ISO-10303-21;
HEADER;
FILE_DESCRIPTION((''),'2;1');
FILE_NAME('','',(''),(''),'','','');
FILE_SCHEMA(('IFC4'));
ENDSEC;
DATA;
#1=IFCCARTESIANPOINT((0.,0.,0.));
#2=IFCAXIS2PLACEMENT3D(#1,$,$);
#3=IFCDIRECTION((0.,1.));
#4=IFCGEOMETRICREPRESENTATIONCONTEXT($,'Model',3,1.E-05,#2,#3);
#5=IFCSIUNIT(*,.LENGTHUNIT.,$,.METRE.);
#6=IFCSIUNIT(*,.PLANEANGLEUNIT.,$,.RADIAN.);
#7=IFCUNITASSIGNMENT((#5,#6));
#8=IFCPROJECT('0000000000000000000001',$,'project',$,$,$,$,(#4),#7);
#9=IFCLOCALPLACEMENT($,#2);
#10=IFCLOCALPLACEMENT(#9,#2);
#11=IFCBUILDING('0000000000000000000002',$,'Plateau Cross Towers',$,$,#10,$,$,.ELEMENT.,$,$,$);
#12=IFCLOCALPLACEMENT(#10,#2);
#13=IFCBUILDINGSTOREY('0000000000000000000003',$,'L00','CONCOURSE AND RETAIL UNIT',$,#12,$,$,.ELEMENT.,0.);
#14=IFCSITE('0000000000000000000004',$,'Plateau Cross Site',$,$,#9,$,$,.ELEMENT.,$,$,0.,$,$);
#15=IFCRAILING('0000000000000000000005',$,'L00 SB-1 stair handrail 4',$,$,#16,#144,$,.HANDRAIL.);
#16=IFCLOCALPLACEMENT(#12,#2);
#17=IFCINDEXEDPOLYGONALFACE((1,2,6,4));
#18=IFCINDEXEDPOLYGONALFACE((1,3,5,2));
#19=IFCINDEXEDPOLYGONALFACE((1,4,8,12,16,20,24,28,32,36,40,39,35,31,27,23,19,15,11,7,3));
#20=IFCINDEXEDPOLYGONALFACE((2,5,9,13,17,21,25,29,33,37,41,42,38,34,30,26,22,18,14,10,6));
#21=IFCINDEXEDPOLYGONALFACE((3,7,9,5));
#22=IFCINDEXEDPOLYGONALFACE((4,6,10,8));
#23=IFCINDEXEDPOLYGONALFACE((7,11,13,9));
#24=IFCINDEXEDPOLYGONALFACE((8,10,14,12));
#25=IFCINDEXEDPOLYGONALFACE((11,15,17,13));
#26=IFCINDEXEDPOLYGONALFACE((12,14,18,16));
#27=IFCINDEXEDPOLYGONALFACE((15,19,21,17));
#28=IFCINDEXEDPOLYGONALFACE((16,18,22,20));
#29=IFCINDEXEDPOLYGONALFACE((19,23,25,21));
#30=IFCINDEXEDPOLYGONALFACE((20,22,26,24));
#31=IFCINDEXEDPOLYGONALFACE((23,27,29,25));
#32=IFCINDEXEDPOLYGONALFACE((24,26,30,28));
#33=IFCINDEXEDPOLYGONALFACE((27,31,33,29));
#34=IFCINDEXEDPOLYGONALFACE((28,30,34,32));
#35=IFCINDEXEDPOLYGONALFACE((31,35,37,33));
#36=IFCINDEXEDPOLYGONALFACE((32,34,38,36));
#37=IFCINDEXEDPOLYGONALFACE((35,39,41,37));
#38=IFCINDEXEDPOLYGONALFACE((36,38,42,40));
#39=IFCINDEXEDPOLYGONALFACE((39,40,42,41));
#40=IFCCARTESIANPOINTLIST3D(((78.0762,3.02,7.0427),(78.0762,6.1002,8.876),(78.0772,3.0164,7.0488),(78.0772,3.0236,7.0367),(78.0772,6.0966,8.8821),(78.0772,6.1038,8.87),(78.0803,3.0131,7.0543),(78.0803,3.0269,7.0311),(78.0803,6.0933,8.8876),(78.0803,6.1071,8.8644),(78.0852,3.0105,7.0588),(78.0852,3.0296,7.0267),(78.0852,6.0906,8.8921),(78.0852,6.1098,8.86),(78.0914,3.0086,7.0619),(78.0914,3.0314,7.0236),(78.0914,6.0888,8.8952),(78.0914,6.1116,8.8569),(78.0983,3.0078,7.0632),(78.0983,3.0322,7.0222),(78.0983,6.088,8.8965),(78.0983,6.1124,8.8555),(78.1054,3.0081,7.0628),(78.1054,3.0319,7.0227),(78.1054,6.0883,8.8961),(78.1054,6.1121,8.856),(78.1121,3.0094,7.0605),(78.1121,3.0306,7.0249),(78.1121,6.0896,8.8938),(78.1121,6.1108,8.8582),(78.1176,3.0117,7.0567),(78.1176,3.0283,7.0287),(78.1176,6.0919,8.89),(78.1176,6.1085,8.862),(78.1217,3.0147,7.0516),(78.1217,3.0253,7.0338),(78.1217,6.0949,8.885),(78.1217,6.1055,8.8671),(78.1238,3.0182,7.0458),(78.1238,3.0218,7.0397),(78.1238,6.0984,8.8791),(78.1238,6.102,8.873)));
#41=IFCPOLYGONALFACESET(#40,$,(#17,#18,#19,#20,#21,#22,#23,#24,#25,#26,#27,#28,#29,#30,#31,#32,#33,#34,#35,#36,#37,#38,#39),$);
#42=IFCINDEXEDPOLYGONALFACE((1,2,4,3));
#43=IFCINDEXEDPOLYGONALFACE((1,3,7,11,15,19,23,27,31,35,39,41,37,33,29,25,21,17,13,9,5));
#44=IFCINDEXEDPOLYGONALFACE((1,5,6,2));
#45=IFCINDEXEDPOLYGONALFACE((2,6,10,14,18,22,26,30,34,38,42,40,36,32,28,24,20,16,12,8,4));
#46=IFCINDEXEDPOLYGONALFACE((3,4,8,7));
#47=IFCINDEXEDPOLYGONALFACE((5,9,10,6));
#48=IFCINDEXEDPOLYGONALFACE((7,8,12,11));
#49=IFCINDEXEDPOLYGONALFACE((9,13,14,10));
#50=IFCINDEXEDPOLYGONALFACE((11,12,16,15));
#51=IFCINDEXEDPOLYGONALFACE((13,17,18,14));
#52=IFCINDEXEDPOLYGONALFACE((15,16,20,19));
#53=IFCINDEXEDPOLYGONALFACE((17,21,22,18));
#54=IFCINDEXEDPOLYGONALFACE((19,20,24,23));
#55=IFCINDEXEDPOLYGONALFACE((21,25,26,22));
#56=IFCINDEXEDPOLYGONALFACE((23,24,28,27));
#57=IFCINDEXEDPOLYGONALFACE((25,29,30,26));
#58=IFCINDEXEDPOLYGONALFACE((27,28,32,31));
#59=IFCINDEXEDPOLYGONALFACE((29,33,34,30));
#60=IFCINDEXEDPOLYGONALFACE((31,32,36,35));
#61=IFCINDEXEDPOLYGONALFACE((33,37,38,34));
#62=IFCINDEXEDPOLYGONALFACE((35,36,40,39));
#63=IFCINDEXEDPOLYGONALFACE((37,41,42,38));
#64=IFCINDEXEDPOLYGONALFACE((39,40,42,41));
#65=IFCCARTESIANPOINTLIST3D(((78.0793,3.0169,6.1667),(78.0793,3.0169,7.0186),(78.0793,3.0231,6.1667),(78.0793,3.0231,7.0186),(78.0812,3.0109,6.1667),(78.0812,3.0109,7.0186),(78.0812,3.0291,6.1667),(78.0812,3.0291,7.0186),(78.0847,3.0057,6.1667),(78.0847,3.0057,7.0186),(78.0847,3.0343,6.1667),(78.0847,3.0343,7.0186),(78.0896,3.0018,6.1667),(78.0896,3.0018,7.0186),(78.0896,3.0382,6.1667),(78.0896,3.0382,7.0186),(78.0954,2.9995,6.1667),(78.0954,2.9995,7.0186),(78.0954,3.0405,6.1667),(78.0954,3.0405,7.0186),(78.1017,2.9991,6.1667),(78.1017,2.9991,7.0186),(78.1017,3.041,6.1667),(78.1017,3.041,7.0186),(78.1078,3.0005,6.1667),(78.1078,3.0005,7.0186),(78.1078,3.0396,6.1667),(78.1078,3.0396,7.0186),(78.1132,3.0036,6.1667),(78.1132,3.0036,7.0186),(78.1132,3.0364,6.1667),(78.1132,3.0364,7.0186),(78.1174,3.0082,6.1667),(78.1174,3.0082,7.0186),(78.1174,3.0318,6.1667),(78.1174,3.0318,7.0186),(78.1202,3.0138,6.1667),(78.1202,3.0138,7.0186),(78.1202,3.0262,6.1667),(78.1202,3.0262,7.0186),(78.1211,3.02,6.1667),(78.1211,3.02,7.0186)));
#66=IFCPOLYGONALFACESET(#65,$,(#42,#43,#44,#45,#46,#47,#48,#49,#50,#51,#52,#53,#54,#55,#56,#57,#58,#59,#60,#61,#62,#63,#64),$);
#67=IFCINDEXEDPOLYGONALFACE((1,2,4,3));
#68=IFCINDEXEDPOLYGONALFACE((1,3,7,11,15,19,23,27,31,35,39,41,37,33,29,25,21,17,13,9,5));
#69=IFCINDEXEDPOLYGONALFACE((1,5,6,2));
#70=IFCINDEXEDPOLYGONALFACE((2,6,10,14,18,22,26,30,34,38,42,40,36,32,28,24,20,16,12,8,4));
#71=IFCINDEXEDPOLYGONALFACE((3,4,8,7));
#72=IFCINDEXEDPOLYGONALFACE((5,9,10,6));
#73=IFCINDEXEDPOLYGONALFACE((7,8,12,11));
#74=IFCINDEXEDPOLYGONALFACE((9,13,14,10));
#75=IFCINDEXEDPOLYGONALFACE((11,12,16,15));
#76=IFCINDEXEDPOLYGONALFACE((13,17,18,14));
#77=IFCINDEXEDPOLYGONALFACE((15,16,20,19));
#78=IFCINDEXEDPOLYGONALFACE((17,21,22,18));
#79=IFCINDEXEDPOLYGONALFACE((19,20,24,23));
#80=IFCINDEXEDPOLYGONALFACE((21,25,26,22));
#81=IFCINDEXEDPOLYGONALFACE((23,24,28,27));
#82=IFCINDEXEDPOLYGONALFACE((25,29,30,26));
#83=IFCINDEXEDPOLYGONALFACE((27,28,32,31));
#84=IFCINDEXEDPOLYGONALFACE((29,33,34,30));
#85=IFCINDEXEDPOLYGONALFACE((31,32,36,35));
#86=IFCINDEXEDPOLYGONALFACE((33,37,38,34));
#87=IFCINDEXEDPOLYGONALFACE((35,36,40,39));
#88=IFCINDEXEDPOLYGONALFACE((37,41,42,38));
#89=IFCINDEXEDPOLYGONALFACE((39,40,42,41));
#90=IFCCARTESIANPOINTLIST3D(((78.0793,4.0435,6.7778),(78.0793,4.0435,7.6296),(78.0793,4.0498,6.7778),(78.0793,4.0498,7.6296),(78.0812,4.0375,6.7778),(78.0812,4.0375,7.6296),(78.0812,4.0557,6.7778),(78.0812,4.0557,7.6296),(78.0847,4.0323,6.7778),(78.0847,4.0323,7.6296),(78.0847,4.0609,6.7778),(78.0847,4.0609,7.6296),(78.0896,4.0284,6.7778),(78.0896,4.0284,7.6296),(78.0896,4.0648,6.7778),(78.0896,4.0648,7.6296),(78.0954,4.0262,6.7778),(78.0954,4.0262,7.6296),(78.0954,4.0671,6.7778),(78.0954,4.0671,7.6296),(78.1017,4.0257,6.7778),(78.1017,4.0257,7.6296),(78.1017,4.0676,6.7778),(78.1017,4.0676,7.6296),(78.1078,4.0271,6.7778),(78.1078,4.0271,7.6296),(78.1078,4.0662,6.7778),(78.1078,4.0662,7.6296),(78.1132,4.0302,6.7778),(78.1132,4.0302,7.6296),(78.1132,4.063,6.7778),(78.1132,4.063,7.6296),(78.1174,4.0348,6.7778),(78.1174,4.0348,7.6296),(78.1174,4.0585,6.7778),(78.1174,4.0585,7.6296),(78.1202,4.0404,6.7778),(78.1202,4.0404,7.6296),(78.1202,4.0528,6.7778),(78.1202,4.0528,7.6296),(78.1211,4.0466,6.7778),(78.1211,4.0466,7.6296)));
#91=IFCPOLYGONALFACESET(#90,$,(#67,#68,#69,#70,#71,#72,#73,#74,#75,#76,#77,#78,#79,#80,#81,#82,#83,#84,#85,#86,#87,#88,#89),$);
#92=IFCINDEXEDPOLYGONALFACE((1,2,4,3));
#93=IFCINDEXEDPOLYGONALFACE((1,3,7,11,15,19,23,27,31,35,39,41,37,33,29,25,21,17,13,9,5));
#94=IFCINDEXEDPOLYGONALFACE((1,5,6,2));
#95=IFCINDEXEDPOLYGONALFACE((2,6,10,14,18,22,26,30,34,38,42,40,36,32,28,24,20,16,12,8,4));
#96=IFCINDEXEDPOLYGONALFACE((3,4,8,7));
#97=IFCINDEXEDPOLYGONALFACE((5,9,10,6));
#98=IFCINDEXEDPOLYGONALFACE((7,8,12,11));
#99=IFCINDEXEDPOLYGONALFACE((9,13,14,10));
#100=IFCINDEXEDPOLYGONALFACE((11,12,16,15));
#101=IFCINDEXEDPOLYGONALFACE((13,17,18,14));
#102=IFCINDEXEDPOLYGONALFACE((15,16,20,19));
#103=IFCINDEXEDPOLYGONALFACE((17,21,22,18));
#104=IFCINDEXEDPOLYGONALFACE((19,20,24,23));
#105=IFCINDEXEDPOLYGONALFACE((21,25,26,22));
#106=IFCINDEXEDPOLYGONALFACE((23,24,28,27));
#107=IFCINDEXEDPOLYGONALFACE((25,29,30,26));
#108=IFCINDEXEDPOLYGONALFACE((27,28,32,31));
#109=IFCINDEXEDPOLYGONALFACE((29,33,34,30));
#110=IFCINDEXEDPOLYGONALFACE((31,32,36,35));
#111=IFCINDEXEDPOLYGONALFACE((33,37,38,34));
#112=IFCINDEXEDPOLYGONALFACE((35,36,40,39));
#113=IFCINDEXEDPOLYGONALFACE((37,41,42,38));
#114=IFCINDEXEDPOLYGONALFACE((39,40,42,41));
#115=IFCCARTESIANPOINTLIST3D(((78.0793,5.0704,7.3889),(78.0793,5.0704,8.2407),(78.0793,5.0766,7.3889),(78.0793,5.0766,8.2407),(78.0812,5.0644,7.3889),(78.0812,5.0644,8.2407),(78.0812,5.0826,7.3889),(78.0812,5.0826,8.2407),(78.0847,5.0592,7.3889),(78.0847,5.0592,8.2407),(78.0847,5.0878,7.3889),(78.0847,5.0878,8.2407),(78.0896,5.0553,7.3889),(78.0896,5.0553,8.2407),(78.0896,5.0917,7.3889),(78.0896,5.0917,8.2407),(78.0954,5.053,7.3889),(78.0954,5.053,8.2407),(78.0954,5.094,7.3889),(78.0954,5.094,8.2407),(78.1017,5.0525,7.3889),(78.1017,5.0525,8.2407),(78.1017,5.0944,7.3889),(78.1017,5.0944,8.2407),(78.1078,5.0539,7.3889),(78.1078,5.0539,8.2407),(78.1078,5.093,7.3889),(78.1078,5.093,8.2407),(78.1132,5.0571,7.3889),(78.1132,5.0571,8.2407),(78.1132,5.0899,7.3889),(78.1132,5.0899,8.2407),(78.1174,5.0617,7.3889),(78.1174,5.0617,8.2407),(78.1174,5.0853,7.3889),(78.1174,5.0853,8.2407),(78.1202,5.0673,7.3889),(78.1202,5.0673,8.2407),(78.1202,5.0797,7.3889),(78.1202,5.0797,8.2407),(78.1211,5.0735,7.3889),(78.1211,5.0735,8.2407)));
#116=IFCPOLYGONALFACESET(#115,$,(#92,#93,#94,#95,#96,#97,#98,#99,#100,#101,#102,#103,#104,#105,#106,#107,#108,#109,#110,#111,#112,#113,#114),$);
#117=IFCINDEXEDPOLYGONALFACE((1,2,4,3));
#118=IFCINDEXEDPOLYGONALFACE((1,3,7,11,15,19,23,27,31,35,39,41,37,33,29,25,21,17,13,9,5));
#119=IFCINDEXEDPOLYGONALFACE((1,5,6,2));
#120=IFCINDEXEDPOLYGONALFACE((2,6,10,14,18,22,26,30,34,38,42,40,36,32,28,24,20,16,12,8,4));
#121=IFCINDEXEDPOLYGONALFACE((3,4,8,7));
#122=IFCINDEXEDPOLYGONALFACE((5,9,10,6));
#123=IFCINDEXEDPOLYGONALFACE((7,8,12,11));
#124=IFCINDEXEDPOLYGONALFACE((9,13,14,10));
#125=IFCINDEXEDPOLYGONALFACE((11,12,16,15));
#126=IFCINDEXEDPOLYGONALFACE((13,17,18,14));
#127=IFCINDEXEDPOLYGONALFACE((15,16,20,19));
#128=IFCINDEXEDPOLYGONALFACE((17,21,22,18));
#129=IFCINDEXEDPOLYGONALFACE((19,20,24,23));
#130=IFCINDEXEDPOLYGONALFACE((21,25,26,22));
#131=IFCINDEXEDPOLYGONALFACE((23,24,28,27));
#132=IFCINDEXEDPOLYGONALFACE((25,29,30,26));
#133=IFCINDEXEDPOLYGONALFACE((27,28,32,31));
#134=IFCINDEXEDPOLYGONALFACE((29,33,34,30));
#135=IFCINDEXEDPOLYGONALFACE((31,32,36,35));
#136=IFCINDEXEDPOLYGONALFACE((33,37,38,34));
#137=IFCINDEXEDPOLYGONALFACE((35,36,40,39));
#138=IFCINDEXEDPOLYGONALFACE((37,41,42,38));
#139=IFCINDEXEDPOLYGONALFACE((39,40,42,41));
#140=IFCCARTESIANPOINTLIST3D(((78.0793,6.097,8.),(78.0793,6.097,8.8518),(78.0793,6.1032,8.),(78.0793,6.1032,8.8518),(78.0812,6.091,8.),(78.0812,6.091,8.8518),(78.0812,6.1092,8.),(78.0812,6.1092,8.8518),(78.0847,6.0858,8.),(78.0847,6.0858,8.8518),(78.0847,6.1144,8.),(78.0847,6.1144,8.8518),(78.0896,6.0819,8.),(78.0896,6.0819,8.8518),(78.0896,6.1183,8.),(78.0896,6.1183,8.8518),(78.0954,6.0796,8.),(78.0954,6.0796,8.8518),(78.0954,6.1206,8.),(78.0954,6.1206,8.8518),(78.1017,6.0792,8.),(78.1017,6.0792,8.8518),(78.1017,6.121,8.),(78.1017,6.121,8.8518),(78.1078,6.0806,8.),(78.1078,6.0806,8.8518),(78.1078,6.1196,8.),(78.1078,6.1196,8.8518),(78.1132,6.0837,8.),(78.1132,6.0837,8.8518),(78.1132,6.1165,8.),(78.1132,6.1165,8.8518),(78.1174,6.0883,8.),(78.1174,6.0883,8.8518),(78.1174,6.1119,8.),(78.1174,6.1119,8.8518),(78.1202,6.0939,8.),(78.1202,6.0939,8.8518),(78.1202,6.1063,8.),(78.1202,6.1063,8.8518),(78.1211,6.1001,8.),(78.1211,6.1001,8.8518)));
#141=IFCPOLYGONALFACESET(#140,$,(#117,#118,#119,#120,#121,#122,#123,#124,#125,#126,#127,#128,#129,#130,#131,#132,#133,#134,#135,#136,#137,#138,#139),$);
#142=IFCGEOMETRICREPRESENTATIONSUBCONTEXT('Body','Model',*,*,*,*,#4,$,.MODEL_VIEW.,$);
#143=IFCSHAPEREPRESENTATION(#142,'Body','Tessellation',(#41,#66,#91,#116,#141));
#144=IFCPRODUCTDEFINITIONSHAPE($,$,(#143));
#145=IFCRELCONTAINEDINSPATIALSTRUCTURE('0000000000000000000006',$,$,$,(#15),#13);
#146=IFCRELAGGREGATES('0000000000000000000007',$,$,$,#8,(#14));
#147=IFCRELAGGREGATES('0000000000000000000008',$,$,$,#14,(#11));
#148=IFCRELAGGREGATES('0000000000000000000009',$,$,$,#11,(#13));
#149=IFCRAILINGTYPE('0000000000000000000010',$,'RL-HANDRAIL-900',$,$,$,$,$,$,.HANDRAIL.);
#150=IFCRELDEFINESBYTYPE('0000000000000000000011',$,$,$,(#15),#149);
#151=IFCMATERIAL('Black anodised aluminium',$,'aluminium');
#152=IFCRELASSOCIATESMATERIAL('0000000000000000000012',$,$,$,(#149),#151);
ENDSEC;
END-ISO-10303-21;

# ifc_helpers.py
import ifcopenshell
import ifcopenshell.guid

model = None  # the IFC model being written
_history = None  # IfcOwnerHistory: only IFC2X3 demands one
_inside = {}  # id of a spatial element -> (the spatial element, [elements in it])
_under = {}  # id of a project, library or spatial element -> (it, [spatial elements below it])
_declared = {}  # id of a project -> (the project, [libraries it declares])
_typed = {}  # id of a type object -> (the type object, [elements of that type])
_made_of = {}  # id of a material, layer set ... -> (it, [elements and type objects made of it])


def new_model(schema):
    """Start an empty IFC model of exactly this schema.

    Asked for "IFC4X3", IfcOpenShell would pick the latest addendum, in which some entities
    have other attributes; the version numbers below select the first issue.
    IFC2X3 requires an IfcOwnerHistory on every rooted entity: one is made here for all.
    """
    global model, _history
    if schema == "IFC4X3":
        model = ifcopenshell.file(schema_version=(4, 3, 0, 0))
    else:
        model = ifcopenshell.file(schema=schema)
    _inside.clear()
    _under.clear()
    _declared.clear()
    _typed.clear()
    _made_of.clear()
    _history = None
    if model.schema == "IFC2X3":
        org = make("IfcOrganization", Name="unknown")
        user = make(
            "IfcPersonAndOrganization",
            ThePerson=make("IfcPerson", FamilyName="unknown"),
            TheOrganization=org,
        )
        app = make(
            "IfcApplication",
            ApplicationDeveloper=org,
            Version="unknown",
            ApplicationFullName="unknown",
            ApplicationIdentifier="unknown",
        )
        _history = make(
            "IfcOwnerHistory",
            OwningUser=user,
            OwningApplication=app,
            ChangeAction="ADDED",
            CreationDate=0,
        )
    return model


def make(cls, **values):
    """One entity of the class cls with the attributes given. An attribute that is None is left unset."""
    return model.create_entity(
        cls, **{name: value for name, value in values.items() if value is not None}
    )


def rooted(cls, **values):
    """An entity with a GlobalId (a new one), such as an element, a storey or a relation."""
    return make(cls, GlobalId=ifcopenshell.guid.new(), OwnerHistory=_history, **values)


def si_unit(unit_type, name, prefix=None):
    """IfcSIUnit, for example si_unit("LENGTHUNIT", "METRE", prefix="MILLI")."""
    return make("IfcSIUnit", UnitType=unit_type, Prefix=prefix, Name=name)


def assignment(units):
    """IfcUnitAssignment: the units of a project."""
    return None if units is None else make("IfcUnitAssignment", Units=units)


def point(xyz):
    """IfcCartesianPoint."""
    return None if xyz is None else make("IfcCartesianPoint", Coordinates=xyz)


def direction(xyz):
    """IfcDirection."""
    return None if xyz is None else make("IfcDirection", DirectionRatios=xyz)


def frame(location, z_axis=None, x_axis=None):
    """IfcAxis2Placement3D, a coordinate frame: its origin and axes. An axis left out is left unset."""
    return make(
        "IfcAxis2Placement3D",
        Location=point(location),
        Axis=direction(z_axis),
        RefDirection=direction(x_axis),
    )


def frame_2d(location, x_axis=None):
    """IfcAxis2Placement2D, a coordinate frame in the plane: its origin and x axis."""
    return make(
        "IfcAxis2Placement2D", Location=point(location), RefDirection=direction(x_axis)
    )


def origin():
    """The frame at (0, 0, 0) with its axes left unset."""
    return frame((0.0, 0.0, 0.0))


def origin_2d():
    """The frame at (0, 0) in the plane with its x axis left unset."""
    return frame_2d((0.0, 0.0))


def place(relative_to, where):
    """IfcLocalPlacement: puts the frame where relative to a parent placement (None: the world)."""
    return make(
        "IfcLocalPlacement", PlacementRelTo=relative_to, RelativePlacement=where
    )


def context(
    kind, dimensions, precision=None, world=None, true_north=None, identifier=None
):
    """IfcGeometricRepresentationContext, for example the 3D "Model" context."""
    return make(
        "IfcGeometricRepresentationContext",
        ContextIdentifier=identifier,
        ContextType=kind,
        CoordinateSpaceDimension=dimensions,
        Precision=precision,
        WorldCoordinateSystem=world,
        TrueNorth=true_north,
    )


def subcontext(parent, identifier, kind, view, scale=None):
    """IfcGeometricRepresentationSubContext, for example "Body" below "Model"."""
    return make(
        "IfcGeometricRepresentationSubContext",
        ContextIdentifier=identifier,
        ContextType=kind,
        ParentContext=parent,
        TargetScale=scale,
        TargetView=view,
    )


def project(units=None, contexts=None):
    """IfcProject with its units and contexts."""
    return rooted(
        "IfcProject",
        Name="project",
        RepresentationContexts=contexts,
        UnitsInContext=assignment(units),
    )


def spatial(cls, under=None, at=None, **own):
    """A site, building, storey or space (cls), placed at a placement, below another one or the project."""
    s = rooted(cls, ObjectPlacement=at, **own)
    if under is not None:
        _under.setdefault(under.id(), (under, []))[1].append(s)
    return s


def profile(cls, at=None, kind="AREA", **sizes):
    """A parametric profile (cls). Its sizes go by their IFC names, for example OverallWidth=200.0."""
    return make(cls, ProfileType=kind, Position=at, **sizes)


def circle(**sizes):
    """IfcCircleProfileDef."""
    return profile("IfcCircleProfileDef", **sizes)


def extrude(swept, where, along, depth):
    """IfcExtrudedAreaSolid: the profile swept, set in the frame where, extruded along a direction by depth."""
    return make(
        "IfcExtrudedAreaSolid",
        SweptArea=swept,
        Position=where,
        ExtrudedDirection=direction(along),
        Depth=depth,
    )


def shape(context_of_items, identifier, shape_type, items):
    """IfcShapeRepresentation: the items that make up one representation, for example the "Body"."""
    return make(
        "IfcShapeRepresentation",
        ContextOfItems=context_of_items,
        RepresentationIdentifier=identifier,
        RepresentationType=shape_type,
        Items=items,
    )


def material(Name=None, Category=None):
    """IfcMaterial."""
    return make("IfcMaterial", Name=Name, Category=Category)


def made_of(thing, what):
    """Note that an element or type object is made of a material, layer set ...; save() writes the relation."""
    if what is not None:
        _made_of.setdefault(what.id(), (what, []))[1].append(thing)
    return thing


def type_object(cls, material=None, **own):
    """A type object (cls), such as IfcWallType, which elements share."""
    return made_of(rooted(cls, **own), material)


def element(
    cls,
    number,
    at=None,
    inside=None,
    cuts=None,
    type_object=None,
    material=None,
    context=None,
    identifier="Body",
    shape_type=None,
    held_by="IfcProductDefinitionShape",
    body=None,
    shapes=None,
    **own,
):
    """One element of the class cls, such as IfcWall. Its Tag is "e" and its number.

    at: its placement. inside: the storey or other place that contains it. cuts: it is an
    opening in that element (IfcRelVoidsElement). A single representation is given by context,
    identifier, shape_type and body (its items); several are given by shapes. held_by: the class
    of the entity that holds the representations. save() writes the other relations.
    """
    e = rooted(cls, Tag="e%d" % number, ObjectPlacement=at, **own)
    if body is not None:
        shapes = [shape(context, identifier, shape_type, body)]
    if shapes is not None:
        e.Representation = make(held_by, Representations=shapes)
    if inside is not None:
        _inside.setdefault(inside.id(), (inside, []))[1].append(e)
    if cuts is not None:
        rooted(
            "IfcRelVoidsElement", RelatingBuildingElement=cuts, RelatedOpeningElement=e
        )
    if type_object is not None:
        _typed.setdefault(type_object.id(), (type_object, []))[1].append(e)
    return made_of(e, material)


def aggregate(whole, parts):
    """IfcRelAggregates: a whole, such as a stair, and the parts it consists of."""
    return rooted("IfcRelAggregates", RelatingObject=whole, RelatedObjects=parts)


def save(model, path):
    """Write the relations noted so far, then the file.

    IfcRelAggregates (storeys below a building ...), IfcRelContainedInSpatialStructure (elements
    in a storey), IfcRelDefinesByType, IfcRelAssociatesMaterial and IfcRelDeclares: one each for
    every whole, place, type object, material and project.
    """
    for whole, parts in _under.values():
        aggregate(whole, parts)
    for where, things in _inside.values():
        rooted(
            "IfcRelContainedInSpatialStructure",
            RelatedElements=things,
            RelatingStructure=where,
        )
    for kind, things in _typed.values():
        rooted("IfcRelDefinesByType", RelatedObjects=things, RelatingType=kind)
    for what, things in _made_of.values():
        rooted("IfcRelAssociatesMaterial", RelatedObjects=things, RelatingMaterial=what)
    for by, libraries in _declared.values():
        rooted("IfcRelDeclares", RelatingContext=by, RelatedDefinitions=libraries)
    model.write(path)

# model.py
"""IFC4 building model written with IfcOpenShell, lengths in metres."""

from ifc_helpers import new_model, si_unit, direction, frame, origin, origin_2d, place, context, subcontext, project, spatial, circle, extrude, material, type_object, element, save


model = new_model("IFC4")

# Units and contexts
model_context = context("Model", 3, precision=1e-05, world=origin(), true_north=direction((0.0, 1.0)))
body_context = subcontext(model_context, "Body", "Model", "MODEL_VIEW")
ifc_project = project(units=[si_unit("LENGTHUNIT", "METRE"), si_unit("PLANEANGLEUNIT", "RADIAN")], contexts=[model_context])

# Site, building, storey
site_placement = place(None, origin())
site = spatial("IfcSite", under=ifc_project, at=site_placement, Name="Plateau Cross Site", CompositionType="ELEMENT", RefElevation=0.0)
building_placement = place(site_placement, origin())
building = spatial("IfcBuilding", under=site, at=building_placement, Name="Plateau Cross Towers", CompositionType="ELEMENT")
storey_placement = place(building_placement, origin())
storey = spatial("IfcBuildingStorey", under=building, at=storey_placement, Name="L00", Description="CONCOURSE AND RETAIL UNIT", CompositionType="ELEMENT", Elevation=0.0)

# Railing
ifc_material_1 = material(Name="Black anodised aluminium", Category="aluminium")
railing_type_1 = type_object("IfcRailingType", Name="RL-HANDRAIL-900", PredefinedType="HANDRAIL", material=ifc_material_1)
railing_1_placement = place(storey_placement, frame((78.1001, 3.02, 6.1667)))
element("IfcRailing", 1, at=railing_1_placement, inside=storey, type_object=railing_type_1, Name="L00 SB-1 stair handrail 4", PredefinedType="HANDRAIL", context=body_context, shape_type="SweptSolid", body=[
    extrude(circle(Radius=0.0239, at=origin_2d()), frame((0.0, 0.0, 0.876), z_axis=(0.0, 0.859309, 0.511458), x_axis=(-1.0, 0.0, 0.0)), (0.0, 0.0, 1.0), 3.5845),
    extrude(circle(Radius=0.021, at=origin_2d()), origin(), (0.0, 0.0, 1.0), 0.8518),
    extrude(circle(Radius=0.021, at=origin_2d()), frame((0.0, 1.0266, 0.6111)), (0.0, 0.0, 1.0), 0.8518),
    extrude(circle(Radius=0.021, at=origin_2d()), frame((0.0, 2.0535, 1.2222)), (0.0, 0.0, 1.0), 0.8518),
    extrude(circle(Radius=0.021, at=origin_2d()), frame((0.0, 3.0801, 1.8333)), (0.0, 0.0, 1.0), 0.8518),
])

save(model, "model.ifc")
